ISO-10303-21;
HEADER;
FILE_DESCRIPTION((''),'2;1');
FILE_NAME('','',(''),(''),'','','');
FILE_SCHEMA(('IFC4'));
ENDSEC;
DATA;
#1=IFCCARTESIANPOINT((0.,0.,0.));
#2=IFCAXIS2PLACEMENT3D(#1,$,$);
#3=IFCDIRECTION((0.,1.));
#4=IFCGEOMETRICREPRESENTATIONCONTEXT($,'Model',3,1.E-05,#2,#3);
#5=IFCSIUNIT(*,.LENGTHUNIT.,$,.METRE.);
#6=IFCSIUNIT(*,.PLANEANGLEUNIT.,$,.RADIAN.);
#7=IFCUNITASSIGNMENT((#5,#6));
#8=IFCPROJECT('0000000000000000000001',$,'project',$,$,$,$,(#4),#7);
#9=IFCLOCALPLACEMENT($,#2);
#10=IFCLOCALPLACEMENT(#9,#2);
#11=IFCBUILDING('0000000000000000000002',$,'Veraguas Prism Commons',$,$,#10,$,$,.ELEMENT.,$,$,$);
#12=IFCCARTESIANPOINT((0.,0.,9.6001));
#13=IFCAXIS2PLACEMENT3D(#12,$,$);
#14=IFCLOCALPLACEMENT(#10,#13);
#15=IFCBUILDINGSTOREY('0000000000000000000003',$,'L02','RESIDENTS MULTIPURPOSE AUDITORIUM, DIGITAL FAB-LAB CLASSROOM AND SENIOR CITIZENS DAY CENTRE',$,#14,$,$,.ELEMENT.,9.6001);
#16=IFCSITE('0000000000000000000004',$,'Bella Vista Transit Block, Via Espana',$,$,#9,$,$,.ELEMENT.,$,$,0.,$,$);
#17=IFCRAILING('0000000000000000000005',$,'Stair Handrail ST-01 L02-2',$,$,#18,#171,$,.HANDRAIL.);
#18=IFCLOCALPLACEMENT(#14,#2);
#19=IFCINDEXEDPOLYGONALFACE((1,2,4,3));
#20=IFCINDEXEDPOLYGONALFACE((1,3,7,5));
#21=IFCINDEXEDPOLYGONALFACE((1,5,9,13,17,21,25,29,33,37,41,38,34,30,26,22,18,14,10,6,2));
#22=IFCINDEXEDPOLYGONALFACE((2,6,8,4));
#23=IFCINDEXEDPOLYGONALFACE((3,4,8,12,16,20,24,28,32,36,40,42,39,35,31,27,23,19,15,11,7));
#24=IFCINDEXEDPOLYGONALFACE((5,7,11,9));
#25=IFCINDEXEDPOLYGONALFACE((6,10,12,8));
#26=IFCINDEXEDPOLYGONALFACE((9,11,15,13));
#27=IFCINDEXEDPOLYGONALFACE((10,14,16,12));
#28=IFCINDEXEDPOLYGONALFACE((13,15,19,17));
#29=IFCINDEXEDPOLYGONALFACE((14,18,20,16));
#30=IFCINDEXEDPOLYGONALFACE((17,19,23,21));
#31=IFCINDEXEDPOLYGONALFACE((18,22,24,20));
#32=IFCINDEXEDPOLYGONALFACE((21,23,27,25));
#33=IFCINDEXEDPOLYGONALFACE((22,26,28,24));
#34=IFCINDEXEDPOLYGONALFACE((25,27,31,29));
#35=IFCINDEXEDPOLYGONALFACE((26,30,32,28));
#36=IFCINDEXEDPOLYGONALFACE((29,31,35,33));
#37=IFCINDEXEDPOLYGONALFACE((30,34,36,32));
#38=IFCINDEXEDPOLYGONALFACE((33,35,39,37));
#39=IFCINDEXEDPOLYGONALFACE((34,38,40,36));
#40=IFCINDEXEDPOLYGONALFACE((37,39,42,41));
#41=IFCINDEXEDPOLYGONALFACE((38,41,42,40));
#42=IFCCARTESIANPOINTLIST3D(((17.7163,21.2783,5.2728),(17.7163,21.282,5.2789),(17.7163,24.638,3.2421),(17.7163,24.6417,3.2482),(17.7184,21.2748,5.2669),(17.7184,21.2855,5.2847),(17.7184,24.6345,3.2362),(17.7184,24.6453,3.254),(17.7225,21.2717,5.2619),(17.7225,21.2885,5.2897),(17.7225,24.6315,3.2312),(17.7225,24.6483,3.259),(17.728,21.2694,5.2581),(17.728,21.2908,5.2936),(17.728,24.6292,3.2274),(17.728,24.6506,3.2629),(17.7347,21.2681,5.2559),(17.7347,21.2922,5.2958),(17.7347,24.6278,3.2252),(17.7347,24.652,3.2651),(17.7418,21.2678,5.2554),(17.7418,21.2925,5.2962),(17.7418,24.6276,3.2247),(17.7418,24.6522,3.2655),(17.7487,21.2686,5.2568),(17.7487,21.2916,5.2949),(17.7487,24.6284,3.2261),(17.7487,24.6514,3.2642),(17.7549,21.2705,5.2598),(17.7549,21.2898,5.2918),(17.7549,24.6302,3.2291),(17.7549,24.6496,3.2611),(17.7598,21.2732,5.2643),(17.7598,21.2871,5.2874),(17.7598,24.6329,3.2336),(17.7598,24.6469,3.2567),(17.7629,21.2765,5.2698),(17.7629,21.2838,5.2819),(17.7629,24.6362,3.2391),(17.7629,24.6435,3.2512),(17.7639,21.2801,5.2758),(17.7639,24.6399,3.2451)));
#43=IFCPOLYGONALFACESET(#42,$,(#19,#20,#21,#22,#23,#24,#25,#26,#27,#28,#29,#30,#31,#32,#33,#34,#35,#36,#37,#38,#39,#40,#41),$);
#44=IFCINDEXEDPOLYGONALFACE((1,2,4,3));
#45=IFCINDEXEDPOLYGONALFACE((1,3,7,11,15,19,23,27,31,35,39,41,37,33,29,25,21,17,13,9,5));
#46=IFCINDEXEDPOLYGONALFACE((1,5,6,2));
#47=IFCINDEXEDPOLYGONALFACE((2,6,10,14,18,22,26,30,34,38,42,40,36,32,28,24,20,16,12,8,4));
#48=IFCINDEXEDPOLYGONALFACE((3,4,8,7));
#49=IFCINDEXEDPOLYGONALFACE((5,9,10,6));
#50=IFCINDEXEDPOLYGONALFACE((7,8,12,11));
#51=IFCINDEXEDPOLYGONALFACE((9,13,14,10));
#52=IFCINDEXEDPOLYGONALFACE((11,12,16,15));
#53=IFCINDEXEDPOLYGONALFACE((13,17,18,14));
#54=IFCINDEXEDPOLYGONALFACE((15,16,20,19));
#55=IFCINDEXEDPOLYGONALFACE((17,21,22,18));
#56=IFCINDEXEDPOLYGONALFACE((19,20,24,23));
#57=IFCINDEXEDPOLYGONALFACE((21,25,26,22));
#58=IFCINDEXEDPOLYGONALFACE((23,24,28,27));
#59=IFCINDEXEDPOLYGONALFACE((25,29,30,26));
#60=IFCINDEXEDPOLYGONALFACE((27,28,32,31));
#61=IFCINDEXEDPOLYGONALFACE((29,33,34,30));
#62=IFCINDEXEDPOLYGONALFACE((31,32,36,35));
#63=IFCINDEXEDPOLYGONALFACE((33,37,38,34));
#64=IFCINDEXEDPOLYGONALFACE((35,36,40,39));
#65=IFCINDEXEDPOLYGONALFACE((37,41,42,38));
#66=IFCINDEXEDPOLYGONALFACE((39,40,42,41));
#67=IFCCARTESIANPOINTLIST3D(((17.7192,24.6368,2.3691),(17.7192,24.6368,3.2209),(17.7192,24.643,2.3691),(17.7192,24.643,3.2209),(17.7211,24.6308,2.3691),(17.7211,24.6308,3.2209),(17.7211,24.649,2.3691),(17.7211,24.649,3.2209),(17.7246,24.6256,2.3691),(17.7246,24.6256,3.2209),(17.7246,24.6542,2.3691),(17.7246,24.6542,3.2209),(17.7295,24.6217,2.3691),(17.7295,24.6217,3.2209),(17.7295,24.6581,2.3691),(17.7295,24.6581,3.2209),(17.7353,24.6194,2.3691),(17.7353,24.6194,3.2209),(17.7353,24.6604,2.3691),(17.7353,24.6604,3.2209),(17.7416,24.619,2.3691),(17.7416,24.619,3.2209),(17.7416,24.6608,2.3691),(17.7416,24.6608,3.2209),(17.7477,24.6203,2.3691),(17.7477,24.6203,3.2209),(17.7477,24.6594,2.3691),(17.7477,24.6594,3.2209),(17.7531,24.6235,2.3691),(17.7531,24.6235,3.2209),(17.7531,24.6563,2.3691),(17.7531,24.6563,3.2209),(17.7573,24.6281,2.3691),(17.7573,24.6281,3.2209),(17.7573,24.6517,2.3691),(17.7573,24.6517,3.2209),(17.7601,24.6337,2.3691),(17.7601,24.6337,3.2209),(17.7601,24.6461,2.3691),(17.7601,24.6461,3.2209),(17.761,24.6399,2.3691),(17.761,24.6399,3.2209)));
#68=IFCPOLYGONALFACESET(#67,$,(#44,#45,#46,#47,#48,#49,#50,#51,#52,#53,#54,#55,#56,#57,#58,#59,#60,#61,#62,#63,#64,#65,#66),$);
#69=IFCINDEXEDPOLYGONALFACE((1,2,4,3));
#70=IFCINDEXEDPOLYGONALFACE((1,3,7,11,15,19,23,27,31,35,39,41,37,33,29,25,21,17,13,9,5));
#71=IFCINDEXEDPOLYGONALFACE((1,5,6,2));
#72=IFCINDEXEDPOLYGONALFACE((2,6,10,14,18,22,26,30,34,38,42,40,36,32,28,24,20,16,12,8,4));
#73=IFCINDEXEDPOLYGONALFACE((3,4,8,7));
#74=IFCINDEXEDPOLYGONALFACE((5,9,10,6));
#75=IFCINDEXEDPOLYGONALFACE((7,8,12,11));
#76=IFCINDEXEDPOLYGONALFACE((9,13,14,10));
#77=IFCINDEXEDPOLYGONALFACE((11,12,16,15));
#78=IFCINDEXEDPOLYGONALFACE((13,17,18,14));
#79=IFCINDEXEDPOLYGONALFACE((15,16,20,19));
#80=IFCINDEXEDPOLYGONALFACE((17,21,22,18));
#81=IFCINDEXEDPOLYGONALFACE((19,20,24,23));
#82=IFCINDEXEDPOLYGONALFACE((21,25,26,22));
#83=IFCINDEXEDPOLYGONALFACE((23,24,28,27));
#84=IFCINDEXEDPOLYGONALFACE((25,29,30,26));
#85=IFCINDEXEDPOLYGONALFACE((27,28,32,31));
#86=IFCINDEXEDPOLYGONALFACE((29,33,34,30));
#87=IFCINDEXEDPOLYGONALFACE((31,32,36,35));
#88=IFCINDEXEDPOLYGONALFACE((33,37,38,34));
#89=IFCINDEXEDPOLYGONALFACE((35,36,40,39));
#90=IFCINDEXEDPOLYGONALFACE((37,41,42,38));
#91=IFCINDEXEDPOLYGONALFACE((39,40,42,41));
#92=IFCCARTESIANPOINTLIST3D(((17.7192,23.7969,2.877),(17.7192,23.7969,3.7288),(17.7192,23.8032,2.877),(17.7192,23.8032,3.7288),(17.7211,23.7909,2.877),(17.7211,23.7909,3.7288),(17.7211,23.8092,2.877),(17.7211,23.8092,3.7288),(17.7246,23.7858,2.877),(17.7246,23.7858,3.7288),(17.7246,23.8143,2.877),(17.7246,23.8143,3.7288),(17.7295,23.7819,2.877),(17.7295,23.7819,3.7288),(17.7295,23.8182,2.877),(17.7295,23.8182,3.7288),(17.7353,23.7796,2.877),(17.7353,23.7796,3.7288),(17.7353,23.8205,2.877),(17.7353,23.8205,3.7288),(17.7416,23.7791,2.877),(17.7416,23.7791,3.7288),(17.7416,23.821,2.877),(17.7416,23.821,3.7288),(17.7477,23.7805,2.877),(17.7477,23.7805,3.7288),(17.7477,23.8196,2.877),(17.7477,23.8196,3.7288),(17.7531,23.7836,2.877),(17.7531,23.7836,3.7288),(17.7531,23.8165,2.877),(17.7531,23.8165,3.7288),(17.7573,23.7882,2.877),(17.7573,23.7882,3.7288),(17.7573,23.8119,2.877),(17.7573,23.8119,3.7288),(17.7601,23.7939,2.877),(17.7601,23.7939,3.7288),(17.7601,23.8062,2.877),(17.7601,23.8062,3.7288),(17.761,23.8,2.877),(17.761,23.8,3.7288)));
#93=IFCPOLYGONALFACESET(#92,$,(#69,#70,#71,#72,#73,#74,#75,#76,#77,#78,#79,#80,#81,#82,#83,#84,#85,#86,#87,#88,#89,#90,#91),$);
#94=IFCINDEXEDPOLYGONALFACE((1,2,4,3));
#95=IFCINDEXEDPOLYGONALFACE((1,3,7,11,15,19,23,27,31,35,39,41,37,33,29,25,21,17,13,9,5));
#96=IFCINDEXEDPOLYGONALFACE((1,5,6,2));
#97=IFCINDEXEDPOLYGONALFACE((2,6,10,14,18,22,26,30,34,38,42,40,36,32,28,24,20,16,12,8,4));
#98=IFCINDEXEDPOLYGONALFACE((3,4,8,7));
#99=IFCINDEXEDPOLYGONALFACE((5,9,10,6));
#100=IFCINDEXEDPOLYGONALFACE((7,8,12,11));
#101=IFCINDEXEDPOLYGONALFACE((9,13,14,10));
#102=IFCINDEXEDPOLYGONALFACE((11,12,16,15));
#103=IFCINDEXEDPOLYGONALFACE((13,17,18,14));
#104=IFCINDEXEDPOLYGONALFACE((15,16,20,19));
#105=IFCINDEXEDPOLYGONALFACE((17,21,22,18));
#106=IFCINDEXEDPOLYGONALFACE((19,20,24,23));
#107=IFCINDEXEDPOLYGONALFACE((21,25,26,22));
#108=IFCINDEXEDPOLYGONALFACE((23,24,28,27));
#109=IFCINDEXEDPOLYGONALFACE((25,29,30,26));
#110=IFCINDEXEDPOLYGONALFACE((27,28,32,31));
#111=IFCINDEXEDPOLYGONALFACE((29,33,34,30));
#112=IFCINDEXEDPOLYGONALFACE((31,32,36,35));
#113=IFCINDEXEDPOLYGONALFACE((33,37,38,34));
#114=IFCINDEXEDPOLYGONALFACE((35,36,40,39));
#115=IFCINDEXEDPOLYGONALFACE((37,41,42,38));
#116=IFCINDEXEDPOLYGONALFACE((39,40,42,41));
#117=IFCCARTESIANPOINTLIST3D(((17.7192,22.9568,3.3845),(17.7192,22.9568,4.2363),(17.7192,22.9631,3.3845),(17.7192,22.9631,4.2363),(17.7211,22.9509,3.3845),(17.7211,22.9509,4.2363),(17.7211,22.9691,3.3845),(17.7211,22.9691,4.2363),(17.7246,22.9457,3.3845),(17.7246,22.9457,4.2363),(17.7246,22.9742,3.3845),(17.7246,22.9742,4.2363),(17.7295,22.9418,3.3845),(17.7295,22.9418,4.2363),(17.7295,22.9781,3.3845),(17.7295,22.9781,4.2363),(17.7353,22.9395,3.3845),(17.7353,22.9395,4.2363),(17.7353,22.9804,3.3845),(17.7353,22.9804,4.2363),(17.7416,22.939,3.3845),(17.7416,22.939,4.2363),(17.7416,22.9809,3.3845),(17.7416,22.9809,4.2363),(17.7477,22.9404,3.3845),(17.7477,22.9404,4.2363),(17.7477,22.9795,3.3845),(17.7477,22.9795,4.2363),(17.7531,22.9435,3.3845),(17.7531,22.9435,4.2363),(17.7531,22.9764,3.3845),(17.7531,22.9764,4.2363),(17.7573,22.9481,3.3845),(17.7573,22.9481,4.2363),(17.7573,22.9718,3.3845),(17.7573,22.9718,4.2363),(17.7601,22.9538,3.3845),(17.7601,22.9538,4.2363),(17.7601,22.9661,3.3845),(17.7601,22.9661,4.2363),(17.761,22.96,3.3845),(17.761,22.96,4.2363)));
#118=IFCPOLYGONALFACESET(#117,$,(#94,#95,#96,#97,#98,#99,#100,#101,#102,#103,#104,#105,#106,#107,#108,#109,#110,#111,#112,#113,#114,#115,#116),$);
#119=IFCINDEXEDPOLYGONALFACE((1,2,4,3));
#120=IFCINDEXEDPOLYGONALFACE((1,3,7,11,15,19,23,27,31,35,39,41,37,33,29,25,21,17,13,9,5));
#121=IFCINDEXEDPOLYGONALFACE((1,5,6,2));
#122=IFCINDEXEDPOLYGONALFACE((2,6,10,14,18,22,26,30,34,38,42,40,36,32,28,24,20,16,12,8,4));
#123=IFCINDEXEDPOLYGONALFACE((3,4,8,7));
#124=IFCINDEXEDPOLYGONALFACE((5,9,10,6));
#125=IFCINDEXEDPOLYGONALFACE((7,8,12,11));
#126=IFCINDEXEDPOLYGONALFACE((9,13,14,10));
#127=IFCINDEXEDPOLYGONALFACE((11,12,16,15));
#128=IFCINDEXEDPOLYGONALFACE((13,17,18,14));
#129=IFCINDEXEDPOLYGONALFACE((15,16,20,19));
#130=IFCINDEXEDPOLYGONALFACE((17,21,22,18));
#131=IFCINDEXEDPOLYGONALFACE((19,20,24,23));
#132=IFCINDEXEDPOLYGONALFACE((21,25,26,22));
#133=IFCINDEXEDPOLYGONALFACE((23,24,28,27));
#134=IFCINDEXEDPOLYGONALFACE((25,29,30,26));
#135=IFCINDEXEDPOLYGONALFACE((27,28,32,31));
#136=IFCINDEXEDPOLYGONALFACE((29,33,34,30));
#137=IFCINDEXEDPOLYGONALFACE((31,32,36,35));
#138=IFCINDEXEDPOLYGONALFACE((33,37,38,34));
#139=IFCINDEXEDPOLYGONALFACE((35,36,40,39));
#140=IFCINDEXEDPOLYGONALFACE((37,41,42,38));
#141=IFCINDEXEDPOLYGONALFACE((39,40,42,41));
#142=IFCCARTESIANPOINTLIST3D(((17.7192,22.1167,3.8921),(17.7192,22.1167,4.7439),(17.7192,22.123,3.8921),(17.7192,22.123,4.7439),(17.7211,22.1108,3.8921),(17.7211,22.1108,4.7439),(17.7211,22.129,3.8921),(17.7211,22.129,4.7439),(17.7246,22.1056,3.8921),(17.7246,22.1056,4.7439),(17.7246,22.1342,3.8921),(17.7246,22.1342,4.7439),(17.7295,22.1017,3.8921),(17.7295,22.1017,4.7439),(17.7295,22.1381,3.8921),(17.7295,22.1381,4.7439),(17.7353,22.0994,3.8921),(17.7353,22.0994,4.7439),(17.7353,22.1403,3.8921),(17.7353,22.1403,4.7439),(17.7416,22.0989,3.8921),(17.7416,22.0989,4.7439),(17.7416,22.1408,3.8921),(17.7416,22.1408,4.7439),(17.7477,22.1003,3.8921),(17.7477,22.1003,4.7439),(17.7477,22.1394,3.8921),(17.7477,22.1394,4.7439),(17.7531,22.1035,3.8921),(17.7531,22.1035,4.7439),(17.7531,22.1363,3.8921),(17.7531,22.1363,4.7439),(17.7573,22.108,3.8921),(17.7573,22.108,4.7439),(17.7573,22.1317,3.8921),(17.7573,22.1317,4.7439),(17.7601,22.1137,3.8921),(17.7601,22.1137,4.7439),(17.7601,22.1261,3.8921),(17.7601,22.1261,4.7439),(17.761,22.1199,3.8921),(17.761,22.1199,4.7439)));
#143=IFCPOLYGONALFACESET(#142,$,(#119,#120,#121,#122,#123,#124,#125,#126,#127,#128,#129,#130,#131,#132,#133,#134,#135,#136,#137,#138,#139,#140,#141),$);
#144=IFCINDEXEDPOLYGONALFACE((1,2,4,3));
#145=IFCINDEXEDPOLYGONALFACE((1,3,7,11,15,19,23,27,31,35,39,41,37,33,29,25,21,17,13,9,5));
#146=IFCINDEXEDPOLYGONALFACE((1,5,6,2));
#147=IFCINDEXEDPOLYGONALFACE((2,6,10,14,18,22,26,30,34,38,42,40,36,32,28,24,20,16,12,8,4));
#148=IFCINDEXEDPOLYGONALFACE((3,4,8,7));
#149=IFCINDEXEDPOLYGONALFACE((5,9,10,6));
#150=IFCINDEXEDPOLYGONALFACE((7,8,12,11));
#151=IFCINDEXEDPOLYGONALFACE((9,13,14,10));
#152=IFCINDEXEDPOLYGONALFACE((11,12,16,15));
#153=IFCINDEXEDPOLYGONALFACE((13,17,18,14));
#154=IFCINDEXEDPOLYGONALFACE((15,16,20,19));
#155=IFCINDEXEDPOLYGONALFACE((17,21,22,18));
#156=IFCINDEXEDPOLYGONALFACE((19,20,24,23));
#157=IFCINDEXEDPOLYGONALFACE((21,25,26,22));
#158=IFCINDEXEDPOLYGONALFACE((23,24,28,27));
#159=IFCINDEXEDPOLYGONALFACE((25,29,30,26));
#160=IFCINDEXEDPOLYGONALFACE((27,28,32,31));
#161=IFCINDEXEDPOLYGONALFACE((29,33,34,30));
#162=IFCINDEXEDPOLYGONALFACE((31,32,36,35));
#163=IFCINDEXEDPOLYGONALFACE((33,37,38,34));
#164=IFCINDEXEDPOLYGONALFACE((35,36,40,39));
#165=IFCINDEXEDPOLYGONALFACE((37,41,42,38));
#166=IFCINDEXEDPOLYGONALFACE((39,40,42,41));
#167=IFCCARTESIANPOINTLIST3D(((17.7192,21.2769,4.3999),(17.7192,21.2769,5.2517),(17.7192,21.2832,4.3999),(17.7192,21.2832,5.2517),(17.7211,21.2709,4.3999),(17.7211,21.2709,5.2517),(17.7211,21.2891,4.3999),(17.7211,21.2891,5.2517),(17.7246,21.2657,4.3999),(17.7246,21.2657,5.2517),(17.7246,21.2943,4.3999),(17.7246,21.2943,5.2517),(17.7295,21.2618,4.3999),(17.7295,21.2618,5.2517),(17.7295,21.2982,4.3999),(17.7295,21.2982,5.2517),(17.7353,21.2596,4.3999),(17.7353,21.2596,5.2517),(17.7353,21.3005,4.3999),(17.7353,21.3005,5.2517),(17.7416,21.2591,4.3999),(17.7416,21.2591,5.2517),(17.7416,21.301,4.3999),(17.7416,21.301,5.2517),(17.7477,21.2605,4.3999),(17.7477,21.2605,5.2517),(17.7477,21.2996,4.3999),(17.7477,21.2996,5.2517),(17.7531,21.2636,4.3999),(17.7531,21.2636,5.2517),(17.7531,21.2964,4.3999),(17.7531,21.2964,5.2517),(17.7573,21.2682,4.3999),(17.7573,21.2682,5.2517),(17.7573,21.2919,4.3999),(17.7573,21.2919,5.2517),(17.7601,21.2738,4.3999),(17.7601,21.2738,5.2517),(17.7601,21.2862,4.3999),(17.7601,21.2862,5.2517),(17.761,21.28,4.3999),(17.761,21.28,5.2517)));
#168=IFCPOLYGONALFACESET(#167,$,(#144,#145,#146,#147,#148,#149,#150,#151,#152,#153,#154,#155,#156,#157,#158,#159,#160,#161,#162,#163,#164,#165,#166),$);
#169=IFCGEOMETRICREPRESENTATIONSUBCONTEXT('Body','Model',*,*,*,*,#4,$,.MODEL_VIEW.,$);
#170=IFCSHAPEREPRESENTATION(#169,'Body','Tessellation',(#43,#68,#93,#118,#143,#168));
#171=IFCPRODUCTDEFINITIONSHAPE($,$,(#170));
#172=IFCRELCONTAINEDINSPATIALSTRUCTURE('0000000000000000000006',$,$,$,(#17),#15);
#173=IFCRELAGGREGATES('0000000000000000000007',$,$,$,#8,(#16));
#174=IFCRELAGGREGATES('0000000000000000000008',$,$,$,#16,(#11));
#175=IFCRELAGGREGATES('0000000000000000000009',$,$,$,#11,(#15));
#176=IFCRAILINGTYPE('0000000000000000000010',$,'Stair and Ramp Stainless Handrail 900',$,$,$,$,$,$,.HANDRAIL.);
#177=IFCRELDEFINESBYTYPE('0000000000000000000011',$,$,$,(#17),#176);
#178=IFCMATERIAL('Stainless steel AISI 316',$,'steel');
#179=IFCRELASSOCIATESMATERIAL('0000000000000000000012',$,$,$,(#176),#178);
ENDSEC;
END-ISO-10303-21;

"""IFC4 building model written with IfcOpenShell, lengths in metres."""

from ifc_helpers import new_model, si_unit, direction, frame, origin, origin_2d, place, context, subcontext, project, spatial, circle, extrude, material, type_object, element, save


model = new_model("IFC4")

# Units and contexts
model_context = context("Model", 3, precision=1e-05, world=origin(), true_north=direction((0.0, 1.0)))
body_context = subcontext(model_context, "Body", "Model", "MODEL_VIEW")
ifc_project = project(units=[si_unit("LENGTHUNIT", "METRE"), si_unit("PLANEANGLEUNIT", "RADIAN")], contexts=[model_context])

# Site, building, storey
site_placement = place(None, origin())
site = spatial("IfcSite", under=ifc_project, at=site_placement, Name="Bella Vista Transit Block, Via Espana", CompositionType="ELEMENT", RefElevation=0.0)
building_placement = place(site_placement, origin())
building = spatial("IfcBuilding", under=site, at=building_placement, Name="Veraguas Prism Commons", CompositionType="ELEMENT")
storey_placement = place(building_placement, frame((0.0, 0.0, 9.6001)))
storey = spatial("IfcBuildingStorey", under=building, at=storey_placement, Name="L02", Description="RESIDENTS MULTIPURPOSE AUDITORIUM, DIGITAL FAB-LAB CLASSROOM AND SENIOR CITIZENS DAY CENTRE", CompositionType="ELEMENT", Elevation=9.6001)

# Railing
ifc_material_1 = material(Name="Stainless steel AISI 316", Category="steel")
railing_type_1 = type_object("IfcRailingType", Name="Stair and Ramp Stainless Handrail 900", PredefinedType="HANDRAIL", material=ifc_material_1)
railing_1_placement = place(storey_placement, frame((17.74, 24.6399, 2.3691)))
element("IfcRailing", 1, at=railing_1_placement, inside=storey, type_object=railing_type_1, Name="Stair Handrail ST-01 L02-2", PredefinedType="HANDRAIL", context=body_context, shape_type="SweptSolid", body=[
    extrude(circle(Radius=0.0239, at=origin_2d()), frame((0.0, 0.0, 0.876), z_axis=(0.0, -0.85582, 0.517273), x_axis=(1.0, 0.0, 0.0)), (0.0, 0.0, 1.0), 3.9258),
    extrude(circle(Radius=0.021, at=origin_2d()), origin(), (0.0, 0.0, 1.0), 0.8518),
    extrude(circle(Radius=0.021, at=origin_2d()), frame((0.0, -0.8398, 0.5078)), (0.0, 0.0, 1.0), 0.8518),
    extrude(circle(Radius=0.021, at=origin_2d()), frame((0.0, -1.6799, 1.0154)), (0.0, 0.0, 1.0), 0.8518),
    extrude(circle(Radius=0.021, at=origin_2d()), frame((0.0, -2.52, 1.5229)), (0.0, 0.0, 1.0), 0.8518),
    extrude(circle(Radius=0.021, at=origin_2d()), frame((0.0, -3.3599, 2.0308)), (0.0, 0.0, 1.0), 0.8518),
])

save(model, "model.ifc")
